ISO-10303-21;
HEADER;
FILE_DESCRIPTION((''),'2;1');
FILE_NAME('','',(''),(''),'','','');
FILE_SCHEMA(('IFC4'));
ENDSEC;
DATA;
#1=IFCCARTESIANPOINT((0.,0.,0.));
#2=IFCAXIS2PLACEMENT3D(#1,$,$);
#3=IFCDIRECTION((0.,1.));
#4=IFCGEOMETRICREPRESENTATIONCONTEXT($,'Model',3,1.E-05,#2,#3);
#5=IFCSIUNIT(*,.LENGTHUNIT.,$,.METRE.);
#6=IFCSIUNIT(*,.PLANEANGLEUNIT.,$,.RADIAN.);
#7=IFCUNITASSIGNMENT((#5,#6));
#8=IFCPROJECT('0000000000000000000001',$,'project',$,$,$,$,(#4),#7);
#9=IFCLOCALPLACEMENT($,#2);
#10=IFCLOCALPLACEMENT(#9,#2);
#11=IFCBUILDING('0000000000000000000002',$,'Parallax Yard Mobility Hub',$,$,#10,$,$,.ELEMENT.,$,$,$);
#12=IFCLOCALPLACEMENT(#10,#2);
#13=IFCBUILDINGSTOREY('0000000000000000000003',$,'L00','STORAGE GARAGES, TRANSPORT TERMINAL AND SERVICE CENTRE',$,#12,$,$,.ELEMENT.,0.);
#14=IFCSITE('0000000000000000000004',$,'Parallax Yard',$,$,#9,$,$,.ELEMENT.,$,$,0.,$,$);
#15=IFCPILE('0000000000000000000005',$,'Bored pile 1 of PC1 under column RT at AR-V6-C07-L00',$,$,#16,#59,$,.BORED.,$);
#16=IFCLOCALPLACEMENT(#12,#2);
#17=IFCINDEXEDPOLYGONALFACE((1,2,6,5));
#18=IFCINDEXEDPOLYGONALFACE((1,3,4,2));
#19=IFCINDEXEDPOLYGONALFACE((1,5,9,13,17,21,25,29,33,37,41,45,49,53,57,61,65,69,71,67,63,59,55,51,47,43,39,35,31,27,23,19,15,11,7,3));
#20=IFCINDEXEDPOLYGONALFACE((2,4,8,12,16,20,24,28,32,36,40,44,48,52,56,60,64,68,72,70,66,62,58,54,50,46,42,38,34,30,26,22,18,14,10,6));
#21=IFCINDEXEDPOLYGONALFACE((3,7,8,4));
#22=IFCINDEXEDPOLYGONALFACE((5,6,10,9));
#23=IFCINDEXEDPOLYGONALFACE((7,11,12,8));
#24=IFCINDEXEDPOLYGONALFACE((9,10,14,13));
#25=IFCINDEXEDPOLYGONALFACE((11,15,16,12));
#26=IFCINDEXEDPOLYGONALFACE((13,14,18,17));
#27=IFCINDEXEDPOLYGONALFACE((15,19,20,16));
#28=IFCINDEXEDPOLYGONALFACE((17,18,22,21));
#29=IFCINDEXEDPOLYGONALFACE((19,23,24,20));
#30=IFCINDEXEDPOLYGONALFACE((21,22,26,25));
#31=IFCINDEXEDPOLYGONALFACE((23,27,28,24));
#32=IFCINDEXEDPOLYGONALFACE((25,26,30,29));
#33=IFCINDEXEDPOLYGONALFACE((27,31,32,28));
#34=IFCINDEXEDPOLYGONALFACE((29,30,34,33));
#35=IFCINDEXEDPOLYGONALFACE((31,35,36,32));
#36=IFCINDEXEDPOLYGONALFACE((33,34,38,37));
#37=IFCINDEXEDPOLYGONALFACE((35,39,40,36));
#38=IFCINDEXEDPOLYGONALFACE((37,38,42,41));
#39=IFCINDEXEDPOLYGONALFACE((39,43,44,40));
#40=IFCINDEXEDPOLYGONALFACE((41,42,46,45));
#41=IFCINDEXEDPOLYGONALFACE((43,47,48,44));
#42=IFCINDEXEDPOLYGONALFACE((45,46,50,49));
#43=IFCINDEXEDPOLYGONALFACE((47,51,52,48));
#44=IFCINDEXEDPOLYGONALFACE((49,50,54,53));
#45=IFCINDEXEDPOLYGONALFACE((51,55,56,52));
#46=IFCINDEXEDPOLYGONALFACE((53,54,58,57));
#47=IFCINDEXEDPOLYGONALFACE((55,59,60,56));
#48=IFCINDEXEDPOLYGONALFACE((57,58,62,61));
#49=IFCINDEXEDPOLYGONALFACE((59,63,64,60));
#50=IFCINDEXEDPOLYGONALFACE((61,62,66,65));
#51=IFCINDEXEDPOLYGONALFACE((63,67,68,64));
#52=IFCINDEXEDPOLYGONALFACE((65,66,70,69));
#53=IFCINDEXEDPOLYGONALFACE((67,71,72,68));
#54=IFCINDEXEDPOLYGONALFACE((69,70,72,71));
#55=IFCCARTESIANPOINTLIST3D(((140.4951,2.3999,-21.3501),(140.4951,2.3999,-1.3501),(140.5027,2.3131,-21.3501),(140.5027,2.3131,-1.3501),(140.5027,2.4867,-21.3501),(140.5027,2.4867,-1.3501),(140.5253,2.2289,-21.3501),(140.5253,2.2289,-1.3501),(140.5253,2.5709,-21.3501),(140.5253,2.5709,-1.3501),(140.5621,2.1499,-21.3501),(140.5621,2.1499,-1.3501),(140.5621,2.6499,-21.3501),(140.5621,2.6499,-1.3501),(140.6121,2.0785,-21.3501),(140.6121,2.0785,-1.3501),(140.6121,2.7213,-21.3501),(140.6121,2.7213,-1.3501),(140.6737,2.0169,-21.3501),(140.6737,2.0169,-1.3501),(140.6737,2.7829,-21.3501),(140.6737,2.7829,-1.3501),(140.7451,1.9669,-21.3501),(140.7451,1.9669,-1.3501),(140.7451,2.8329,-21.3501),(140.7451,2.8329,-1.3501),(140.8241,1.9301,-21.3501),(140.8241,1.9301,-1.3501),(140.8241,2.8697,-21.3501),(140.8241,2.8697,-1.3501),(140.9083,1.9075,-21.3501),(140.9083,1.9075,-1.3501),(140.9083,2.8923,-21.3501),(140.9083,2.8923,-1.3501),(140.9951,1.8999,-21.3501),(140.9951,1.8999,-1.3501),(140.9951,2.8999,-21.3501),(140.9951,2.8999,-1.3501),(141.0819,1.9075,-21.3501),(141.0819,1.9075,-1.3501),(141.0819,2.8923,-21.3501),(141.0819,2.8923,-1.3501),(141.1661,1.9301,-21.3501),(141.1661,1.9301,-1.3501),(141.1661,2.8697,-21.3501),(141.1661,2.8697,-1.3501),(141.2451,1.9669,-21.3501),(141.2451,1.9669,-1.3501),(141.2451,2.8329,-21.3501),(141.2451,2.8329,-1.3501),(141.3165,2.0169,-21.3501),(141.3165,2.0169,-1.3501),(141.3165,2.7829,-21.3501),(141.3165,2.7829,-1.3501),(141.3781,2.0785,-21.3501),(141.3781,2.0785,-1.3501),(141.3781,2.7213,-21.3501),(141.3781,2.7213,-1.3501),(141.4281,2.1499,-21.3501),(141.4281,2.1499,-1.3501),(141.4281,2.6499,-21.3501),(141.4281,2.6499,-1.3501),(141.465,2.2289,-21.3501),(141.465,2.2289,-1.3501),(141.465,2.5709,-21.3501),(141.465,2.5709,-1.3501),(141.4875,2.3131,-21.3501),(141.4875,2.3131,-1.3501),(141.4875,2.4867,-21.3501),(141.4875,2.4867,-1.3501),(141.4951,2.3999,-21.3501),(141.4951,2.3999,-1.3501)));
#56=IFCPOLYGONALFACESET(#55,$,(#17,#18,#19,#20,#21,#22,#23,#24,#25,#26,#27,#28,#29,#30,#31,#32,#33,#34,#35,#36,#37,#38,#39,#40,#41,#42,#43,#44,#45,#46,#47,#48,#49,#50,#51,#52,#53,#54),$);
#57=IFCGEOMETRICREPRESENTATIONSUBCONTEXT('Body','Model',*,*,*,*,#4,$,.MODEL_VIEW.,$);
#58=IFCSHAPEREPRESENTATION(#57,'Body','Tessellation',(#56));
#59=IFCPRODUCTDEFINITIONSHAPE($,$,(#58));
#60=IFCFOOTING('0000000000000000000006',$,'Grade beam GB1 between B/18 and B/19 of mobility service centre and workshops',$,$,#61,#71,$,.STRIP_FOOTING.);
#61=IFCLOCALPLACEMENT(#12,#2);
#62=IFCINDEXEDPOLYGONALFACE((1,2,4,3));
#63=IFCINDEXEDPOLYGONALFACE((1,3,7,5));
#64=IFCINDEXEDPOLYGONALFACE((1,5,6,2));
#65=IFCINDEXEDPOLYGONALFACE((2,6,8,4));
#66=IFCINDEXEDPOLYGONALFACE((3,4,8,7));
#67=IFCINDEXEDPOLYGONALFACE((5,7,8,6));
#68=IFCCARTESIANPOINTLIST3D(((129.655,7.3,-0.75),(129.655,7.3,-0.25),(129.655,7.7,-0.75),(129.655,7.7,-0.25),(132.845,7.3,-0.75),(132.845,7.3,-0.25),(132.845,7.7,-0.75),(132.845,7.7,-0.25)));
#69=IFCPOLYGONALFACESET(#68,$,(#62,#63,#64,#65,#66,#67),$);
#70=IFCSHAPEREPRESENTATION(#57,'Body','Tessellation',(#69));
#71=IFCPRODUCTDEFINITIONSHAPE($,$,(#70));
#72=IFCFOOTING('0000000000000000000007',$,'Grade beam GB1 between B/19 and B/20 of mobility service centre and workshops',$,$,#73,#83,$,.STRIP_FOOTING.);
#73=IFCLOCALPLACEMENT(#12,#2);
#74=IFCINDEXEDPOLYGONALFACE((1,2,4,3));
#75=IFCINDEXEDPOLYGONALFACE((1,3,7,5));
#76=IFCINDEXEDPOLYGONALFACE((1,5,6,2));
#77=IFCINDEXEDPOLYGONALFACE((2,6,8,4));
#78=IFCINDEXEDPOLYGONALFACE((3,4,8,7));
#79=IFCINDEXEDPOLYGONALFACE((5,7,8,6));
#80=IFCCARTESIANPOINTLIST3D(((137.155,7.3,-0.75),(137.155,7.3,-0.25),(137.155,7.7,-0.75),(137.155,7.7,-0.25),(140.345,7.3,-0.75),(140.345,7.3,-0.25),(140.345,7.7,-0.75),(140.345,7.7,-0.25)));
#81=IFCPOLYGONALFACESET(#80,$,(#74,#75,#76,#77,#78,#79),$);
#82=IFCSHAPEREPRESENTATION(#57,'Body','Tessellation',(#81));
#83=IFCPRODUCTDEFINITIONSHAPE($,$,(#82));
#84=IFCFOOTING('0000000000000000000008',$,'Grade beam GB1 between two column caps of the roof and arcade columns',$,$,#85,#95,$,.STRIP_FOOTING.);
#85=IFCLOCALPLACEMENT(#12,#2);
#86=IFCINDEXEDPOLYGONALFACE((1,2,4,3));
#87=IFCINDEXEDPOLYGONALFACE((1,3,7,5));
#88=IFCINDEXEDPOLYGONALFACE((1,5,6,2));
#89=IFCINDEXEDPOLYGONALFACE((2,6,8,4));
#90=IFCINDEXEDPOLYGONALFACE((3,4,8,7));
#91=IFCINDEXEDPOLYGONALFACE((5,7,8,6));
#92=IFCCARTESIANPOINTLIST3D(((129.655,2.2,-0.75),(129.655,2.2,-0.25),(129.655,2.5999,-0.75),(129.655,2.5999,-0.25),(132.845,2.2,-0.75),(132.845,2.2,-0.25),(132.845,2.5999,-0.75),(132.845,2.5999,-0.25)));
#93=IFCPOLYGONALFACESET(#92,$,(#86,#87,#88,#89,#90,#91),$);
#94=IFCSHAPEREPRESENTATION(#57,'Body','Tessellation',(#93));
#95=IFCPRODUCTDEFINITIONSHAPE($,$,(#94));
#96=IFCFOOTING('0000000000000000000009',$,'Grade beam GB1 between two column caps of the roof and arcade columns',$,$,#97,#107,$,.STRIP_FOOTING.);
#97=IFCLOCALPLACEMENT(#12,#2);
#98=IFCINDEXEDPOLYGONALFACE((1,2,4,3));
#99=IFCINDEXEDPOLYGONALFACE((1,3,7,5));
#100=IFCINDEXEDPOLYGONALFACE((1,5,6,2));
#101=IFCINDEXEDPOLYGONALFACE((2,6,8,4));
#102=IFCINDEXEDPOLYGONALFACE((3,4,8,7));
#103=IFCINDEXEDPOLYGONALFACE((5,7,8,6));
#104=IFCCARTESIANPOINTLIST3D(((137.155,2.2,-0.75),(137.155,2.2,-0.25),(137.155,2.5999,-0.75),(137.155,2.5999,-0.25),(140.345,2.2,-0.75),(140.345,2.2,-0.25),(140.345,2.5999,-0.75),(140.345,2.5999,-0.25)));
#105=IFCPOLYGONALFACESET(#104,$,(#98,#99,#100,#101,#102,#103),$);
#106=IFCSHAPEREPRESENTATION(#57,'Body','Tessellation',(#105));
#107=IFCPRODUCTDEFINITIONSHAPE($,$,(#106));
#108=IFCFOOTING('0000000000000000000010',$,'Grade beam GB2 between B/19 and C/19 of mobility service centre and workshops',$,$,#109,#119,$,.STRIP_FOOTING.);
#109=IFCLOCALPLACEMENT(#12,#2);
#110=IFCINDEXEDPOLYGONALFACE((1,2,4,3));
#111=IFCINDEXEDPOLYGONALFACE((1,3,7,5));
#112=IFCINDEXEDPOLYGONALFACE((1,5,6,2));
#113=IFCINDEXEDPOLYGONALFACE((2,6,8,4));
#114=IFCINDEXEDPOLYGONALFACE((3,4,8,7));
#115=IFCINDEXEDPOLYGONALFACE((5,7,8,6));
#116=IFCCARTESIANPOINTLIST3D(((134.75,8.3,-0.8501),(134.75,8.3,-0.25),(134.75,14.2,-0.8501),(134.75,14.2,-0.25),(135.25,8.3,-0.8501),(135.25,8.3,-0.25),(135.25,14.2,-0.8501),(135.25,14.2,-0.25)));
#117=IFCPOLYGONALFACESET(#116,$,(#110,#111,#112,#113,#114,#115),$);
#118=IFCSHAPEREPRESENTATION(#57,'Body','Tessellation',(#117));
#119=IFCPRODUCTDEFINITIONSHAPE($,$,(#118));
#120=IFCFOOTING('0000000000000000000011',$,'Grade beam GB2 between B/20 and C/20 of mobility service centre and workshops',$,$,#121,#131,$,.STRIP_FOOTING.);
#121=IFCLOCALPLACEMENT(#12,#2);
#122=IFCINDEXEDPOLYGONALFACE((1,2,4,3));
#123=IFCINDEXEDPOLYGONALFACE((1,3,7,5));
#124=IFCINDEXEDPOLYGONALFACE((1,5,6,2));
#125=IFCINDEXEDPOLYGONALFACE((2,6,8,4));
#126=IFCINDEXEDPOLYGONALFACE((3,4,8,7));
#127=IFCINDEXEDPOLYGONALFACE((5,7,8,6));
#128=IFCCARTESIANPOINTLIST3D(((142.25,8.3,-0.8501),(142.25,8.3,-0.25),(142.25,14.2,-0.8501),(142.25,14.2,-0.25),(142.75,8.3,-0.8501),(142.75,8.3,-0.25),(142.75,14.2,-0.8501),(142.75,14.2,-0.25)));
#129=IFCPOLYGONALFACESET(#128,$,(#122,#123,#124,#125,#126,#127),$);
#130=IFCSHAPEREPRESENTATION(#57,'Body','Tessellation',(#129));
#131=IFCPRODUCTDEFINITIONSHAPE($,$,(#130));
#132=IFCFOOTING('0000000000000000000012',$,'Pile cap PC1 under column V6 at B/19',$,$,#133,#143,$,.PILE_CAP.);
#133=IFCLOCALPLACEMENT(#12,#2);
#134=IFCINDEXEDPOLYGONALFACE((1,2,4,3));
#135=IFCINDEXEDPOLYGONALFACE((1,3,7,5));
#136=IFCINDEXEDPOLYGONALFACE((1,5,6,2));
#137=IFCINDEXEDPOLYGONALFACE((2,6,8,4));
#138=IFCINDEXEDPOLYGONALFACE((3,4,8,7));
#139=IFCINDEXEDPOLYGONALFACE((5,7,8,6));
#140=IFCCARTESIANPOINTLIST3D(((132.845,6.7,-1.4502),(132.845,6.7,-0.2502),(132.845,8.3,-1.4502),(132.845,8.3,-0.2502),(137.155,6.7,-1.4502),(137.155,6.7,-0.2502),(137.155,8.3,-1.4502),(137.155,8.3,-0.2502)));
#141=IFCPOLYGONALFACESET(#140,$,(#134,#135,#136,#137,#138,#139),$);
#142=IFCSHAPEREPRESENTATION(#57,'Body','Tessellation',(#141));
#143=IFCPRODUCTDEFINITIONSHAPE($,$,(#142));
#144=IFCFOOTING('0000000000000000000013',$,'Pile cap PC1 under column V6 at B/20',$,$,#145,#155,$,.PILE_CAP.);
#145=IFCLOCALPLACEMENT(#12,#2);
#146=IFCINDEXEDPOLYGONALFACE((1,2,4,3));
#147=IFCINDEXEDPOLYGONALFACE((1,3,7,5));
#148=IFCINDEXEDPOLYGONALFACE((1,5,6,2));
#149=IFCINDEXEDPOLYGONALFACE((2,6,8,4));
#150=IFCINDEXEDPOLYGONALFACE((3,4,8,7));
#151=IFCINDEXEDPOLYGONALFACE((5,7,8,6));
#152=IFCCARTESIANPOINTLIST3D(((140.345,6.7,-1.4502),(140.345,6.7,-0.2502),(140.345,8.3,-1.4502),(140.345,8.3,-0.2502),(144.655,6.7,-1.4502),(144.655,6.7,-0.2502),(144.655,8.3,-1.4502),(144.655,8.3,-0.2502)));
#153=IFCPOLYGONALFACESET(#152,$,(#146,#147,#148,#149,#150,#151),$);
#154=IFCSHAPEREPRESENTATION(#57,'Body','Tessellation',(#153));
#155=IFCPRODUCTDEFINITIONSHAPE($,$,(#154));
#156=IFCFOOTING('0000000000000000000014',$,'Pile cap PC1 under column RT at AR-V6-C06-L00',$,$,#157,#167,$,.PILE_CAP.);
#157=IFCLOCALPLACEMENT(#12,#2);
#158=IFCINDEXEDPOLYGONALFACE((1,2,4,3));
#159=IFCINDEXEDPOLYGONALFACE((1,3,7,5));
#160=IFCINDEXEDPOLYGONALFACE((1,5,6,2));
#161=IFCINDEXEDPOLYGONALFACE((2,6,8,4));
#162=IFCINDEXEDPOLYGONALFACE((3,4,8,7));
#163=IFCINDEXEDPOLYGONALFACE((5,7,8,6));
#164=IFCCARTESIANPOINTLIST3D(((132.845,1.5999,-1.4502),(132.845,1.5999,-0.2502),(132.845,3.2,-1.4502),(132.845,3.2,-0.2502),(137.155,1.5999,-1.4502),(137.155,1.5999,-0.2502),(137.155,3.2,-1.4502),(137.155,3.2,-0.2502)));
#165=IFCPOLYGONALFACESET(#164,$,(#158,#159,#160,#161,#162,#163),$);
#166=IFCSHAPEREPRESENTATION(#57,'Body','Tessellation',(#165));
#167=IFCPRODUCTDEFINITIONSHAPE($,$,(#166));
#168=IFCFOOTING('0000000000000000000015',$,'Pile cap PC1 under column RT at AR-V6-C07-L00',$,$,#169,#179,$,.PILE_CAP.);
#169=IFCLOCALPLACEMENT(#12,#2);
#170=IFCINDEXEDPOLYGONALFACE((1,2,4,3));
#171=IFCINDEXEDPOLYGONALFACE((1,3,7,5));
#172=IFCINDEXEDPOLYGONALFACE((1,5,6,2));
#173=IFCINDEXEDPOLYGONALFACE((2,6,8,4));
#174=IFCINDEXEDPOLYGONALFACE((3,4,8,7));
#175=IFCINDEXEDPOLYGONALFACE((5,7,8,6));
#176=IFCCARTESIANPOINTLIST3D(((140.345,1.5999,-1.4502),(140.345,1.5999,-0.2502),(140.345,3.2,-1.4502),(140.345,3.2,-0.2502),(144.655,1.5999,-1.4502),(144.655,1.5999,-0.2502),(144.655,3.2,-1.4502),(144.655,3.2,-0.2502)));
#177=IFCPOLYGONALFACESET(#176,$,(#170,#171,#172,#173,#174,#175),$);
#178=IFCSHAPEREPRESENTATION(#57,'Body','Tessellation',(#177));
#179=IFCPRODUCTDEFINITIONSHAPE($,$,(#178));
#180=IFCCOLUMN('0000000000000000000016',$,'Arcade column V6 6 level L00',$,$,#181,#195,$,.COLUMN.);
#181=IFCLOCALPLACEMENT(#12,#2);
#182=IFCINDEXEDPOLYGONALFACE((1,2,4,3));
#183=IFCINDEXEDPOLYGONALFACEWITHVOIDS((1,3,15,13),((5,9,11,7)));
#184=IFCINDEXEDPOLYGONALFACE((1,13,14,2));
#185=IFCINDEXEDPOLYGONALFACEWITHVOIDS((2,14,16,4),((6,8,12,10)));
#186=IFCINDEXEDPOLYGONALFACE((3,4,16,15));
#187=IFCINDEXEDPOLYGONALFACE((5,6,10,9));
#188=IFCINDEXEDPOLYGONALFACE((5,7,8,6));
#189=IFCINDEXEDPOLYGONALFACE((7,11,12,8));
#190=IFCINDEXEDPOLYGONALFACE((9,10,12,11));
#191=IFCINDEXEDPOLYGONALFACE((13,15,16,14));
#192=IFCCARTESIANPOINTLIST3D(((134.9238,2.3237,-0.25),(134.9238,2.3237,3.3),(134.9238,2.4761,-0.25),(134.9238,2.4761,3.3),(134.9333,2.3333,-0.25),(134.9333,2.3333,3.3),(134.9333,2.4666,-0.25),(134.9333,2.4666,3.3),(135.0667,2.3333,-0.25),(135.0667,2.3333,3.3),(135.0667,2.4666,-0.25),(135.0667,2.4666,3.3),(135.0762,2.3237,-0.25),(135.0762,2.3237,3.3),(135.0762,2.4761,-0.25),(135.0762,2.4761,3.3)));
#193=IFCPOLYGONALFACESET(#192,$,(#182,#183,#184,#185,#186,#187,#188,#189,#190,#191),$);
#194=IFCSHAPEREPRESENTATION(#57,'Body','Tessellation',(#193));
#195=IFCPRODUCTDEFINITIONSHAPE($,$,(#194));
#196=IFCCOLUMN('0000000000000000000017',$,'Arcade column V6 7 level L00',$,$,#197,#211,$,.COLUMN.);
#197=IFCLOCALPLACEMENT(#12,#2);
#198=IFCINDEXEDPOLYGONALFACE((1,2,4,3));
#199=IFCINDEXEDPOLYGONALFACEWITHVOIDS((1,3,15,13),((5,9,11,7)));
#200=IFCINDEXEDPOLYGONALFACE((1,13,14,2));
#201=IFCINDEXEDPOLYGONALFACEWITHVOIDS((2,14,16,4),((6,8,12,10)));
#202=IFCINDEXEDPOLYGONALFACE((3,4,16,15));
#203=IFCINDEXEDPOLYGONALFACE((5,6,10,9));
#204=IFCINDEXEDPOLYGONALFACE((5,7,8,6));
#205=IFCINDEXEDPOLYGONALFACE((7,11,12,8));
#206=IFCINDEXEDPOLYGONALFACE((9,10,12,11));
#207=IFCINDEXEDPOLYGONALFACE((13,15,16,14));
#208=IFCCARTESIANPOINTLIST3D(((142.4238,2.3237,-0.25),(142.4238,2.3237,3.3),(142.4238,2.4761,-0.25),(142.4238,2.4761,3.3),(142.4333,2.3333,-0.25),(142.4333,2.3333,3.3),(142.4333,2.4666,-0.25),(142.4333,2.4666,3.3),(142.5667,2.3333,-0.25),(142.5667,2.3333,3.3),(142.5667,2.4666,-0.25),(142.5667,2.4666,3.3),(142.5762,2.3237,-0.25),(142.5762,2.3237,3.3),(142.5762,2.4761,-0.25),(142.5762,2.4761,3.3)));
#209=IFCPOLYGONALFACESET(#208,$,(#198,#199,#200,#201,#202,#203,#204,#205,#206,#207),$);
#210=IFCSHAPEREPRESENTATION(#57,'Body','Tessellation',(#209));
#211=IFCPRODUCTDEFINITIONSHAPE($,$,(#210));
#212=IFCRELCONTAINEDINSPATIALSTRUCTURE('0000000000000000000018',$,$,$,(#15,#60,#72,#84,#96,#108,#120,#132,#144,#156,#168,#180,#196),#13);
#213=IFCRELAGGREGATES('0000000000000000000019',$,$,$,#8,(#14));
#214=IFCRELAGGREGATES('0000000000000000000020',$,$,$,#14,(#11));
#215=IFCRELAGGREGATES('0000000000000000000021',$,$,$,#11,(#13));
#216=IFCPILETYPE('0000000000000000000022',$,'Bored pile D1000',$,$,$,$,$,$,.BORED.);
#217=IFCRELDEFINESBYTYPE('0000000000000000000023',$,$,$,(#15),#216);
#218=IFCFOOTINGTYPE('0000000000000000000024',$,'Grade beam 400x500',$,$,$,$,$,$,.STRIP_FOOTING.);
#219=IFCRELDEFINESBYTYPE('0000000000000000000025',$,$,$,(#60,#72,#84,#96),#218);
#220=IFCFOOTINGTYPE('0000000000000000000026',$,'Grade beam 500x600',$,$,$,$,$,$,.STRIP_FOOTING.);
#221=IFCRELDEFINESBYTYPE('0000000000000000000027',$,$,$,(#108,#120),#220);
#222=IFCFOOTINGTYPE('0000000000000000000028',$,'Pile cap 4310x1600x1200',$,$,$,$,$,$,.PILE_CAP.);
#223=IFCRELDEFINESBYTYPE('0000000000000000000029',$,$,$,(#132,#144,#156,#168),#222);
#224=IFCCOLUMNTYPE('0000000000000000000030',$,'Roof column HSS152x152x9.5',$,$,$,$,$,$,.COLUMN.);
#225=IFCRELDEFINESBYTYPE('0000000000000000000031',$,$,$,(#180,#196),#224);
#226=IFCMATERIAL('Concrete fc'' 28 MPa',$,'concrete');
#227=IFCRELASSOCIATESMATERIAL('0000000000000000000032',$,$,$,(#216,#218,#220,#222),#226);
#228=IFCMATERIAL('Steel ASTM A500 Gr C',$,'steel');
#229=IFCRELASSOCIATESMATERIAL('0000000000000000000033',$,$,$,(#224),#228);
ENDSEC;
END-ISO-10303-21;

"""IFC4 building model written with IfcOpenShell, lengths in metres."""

from ifc_helpers import new_model, si_unit, direction, frame, origin, origin_2d, place, context, subcontext, project, spatial, rectangle, hollow_rectangle, circle, extrude, material, material_profile, profile_set, type_object, element, save


model = new_model("IFC4")

# Units and contexts
model_context = context("Model", 3, precision=1e-05, world=origin(), true_north=direction((0.0, 1.0)))
body_context = subcontext(model_context, "Body", "Model", "MODEL_VIEW")
ifc_project = project(units=[si_unit("LENGTHUNIT", "METRE"), si_unit("PLANEANGLEUNIT", "RADIAN")], contexts=[model_context])

# Site, building, storey
site_placement = place(None, origin())
site = spatial("IfcSite", under=ifc_project, at=site_placement, Name="Parallax Yard", CompositionType="ELEMENT", RefElevation=0.0)
building_placement = place(site_placement, origin())
building = spatial("IfcBuilding", under=site, at=building_placement, Name="Parallax Yard Mobility Hub", CompositionType="ELEMENT")
storey_placement = place(building_placement, origin())
storey = spatial("IfcBuildingStorey", under=building, at=storey_placement, Name="L00", Description="STORAGE GARAGES, TRANSPORT TERMINAL AND SERVICE CENTRE", CompositionType="ELEMENT", Elevation=0.0)

# Pile
ifc_material_1 = material(Name="Concrete fc' 28 MPa", Category="concrete")
ifc_material_profile_1 = material_profile(ifc_material_1, circle(Radius=0.5, at=origin_2d()), Name="Bored pile D1000")
ifc_profile_set_1 = profile_set([ifc_material_profile_1], Name="Concrete fc' 28 MPa")
pile_type = type_object("IfcPileType", Name="Bored pile D1000", PredefinedType="BORED", material=ifc_profile_set_1)
for number, where, z_axis, x_axis, name in (
    (1, (140.9951, 2.3999, -1.3501), (0.0, 0.0, -1.0), (1.0, 0.0, 0.0), "Bored pile 1 of PC1 under column RT at AR-V6-C07-L00"),
):
    element("IfcPile", number, at=place(storey_placement, frame(where, z_axis=z_axis, x_axis=x_axis)), inside=storey, type_object=pile_type, Name=name, PredefinedType="BORED", context=body_context, shape_type="SweptSolid", body=[
        extrude(circle(Radius=0.5, at=origin_2d()), origin(), (0.0, 0.0, 1.0), 20.0),
    ])

# Footings
ifc_material_profile_2 = material_profile(ifc_material_1, rectangle(XDim=0.3999, YDim=0.5, at=origin_2d()), Name="Grade beam 400x500")
ifc_profile_set_2 = profile_set([ifc_material_profile_2], Name="Concrete fc' 28 MPa")
footing_type_1 = type_object("IfcFootingType", Name="Grade beam 400x500", PredefinedType="STRIP_FOOTING", material=ifc_profile_set_2)
for number, where, z_axis, x_axis, name in (
    (2, (129.655, 7.5, -0.5), (1.0, 0.0, 0.0), (0.0, 1.0, 0.0), "Grade beam GB1 between B/18 and B/19 of mobility service centre and workshops"),
    (3, (137.155, 7.5, -0.5), (1.0, 0.0, 0.0), (0.0, 1.0, 0.0), "Grade beam GB1 between B/19 and B/20 of mobility service centre and workshops"),
    (4, (129.655, 2.3999, -0.5), (1.0, 0.0, 0.0), (0.0, 1.0, 0.0), "Grade beam GB1 between two column caps of the roof and arcade columns"),
    (5, (137.155, 2.3999, -0.5), (1.0, 0.0, 0.0), (0.0, 1.0, 0.0), "Grade beam GB1 between two column caps of the roof and arcade columns"),
):
    element("IfcFooting", number, at=place(storey_placement, frame(where, z_axis=z_axis, x_axis=x_axis)), inside=storey, type_object=footing_type_1, Name=name, PredefinedType="STRIP_FOOTING", context=body_context, shape_type="SweptSolid", body=[
        extrude(rectangle(XDim=0.3999, YDim=0.5, at=origin_2d()), origin(), (0.0, 0.0, 1.0), 3.1899),
    ])
ifc_material_profile_3 = material_profile(ifc_material_1, rectangle(XDim=0.5, YDim=0.6001, at=origin_2d()), Name="Grade beam 500x600")
ifc_profile_set_3 = profile_set([ifc_material_profile_3], Name="Concrete fc' 28 MPa")
footing_type_2 = type_object("IfcFootingType", Name="Grade beam 500x600", PredefinedType="STRIP_FOOTING", material=ifc_profile_set_3)
for number, where, z_axis, x_axis, name in (
    (6, (135.0, 8.3, -0.55), (0.0, 1.0, 0.0), (-1.0, 0.0, 0.0), "Grade beam GB2 between B/19 and C/19 of mobility service centre and workshops"),
    (7, (142.5, 8.3, -0.55), (0.0, 1.0, 0.0), (-1.0, 0.0, 0.0), "Grade beam GB2 between B/20 and C/20 of mobility service centre and workshops"),
):
    element("IfcFooting", number, at=place(storey_placement, frame(where, z_axis=z_axis, x_axis=x_axis)), inside=storey, type_object=footing_type_2, Name=name, PredefinedType="STRIP_FOOTING", context=body_context, shape_type="SweptSolid", body=[
        extrude(rectangle(XDim=0.5, YDim=0.6001, at=origin_2d()), origin(), (0.0, 0.0, 1.0), 5.8999),
    ])
footing_type_3 = type_object("IfcFootingType", Name="Pile cap 4310x1600x1200", PredefinedType="PILE_CAP", material=ifc_material_1)
for number, where, z_axis, x_axis, name in (
    (8, (135.0, 7.5, -1.4502), (0.0, 0.0, 1.0), (1.0, 0.0, 0.0), "Pile cap PC1 under column V6 at B/19"),
    (9, (142.5, 7.5, -1.4502), (0.0, 0.0, 1.0), (1.0, 0.0, 0.0), "Pile cap PC1 under column V6 at B/20"),
    (10, (135.0, 2.3999, -1.4502), (0.0, 0.0, 1.0), (1.0, 0.0, 0.0), "Pile cap PC1 under column RT at AR-V6-C06-L00"),
    (11, (142.5, 2.3999, -1.4502), (0.0, 0.0, 1.0), (1.0, 0.0, 0.0), "Pile cap PC1 under column RT at AR-V6-C07-L00"),
):
    element("IfcFooting", number, at=place(storey_placement, frame(where, z_axis=z_axis, x_axis=x_axis)), inside=storey, type_object=footing_type_3, Name=name, PredefinedType="PILE_CAP", context=body_context, shape_type="SweptSolid", body=[
        extrude(rectangle(XDim=4.3101, YDim=1.6001, at=origin_2d()), origin(), (0.0, 0.0, 1.0), 1.2),
    ])

# Columns
ifc_material_2 = material(Name="Steel ASTM A500 Gr C", Category="steel")
ifc_material_profile_4 = material_profile(ifc_material_2, hollow_rectangle(XDim=0.1523, YDim=0.1523, WallThickness=0.0095, at=origin_2d()), Name="HSS152x152x9.5")
ifc_profile_set_4 = profile_set([ifc_material_profile_4], Name="Steel ASTM A500 Gr C")
column_type_1 = type_object("IfcColumnType", Name="Roof column HSS152x152x9.5", PredefinedType="COLUMN", material=ifc_profile_set_4)
for number, where, z_axis, x_axis, name in (
    (12, (135.0, 2.3999, -0.25), (0.0, 0.0, 1.0), (1.0, 0.0, 0.0), "Arcade column V6 6 level L00"),
    (13, (142.5, 2.3999, -0.25), (0.0, 0.0, 1.0), (1.0, 0.0, 0.0), "Arcade column V6 7 level L00"),
):
    element("IfcColumn", number, at=place(storey_placement, frame(where, z_axis=z_axis, x_axis=x_axis)), inside=storey, type_object=column_type_1, Name=name, PredefinedType="COLUMN", context=body_context, shape_type="SweptSolid", body=[
        extrude(hollow_rectangle(XDim=0.1523, YDim=0.1523, WallThickness=0.0095, at=origin_2d()), origin(), (0.0, 0.0, 1.0), 3.55),
    ])

save(model, "model.ifc")
